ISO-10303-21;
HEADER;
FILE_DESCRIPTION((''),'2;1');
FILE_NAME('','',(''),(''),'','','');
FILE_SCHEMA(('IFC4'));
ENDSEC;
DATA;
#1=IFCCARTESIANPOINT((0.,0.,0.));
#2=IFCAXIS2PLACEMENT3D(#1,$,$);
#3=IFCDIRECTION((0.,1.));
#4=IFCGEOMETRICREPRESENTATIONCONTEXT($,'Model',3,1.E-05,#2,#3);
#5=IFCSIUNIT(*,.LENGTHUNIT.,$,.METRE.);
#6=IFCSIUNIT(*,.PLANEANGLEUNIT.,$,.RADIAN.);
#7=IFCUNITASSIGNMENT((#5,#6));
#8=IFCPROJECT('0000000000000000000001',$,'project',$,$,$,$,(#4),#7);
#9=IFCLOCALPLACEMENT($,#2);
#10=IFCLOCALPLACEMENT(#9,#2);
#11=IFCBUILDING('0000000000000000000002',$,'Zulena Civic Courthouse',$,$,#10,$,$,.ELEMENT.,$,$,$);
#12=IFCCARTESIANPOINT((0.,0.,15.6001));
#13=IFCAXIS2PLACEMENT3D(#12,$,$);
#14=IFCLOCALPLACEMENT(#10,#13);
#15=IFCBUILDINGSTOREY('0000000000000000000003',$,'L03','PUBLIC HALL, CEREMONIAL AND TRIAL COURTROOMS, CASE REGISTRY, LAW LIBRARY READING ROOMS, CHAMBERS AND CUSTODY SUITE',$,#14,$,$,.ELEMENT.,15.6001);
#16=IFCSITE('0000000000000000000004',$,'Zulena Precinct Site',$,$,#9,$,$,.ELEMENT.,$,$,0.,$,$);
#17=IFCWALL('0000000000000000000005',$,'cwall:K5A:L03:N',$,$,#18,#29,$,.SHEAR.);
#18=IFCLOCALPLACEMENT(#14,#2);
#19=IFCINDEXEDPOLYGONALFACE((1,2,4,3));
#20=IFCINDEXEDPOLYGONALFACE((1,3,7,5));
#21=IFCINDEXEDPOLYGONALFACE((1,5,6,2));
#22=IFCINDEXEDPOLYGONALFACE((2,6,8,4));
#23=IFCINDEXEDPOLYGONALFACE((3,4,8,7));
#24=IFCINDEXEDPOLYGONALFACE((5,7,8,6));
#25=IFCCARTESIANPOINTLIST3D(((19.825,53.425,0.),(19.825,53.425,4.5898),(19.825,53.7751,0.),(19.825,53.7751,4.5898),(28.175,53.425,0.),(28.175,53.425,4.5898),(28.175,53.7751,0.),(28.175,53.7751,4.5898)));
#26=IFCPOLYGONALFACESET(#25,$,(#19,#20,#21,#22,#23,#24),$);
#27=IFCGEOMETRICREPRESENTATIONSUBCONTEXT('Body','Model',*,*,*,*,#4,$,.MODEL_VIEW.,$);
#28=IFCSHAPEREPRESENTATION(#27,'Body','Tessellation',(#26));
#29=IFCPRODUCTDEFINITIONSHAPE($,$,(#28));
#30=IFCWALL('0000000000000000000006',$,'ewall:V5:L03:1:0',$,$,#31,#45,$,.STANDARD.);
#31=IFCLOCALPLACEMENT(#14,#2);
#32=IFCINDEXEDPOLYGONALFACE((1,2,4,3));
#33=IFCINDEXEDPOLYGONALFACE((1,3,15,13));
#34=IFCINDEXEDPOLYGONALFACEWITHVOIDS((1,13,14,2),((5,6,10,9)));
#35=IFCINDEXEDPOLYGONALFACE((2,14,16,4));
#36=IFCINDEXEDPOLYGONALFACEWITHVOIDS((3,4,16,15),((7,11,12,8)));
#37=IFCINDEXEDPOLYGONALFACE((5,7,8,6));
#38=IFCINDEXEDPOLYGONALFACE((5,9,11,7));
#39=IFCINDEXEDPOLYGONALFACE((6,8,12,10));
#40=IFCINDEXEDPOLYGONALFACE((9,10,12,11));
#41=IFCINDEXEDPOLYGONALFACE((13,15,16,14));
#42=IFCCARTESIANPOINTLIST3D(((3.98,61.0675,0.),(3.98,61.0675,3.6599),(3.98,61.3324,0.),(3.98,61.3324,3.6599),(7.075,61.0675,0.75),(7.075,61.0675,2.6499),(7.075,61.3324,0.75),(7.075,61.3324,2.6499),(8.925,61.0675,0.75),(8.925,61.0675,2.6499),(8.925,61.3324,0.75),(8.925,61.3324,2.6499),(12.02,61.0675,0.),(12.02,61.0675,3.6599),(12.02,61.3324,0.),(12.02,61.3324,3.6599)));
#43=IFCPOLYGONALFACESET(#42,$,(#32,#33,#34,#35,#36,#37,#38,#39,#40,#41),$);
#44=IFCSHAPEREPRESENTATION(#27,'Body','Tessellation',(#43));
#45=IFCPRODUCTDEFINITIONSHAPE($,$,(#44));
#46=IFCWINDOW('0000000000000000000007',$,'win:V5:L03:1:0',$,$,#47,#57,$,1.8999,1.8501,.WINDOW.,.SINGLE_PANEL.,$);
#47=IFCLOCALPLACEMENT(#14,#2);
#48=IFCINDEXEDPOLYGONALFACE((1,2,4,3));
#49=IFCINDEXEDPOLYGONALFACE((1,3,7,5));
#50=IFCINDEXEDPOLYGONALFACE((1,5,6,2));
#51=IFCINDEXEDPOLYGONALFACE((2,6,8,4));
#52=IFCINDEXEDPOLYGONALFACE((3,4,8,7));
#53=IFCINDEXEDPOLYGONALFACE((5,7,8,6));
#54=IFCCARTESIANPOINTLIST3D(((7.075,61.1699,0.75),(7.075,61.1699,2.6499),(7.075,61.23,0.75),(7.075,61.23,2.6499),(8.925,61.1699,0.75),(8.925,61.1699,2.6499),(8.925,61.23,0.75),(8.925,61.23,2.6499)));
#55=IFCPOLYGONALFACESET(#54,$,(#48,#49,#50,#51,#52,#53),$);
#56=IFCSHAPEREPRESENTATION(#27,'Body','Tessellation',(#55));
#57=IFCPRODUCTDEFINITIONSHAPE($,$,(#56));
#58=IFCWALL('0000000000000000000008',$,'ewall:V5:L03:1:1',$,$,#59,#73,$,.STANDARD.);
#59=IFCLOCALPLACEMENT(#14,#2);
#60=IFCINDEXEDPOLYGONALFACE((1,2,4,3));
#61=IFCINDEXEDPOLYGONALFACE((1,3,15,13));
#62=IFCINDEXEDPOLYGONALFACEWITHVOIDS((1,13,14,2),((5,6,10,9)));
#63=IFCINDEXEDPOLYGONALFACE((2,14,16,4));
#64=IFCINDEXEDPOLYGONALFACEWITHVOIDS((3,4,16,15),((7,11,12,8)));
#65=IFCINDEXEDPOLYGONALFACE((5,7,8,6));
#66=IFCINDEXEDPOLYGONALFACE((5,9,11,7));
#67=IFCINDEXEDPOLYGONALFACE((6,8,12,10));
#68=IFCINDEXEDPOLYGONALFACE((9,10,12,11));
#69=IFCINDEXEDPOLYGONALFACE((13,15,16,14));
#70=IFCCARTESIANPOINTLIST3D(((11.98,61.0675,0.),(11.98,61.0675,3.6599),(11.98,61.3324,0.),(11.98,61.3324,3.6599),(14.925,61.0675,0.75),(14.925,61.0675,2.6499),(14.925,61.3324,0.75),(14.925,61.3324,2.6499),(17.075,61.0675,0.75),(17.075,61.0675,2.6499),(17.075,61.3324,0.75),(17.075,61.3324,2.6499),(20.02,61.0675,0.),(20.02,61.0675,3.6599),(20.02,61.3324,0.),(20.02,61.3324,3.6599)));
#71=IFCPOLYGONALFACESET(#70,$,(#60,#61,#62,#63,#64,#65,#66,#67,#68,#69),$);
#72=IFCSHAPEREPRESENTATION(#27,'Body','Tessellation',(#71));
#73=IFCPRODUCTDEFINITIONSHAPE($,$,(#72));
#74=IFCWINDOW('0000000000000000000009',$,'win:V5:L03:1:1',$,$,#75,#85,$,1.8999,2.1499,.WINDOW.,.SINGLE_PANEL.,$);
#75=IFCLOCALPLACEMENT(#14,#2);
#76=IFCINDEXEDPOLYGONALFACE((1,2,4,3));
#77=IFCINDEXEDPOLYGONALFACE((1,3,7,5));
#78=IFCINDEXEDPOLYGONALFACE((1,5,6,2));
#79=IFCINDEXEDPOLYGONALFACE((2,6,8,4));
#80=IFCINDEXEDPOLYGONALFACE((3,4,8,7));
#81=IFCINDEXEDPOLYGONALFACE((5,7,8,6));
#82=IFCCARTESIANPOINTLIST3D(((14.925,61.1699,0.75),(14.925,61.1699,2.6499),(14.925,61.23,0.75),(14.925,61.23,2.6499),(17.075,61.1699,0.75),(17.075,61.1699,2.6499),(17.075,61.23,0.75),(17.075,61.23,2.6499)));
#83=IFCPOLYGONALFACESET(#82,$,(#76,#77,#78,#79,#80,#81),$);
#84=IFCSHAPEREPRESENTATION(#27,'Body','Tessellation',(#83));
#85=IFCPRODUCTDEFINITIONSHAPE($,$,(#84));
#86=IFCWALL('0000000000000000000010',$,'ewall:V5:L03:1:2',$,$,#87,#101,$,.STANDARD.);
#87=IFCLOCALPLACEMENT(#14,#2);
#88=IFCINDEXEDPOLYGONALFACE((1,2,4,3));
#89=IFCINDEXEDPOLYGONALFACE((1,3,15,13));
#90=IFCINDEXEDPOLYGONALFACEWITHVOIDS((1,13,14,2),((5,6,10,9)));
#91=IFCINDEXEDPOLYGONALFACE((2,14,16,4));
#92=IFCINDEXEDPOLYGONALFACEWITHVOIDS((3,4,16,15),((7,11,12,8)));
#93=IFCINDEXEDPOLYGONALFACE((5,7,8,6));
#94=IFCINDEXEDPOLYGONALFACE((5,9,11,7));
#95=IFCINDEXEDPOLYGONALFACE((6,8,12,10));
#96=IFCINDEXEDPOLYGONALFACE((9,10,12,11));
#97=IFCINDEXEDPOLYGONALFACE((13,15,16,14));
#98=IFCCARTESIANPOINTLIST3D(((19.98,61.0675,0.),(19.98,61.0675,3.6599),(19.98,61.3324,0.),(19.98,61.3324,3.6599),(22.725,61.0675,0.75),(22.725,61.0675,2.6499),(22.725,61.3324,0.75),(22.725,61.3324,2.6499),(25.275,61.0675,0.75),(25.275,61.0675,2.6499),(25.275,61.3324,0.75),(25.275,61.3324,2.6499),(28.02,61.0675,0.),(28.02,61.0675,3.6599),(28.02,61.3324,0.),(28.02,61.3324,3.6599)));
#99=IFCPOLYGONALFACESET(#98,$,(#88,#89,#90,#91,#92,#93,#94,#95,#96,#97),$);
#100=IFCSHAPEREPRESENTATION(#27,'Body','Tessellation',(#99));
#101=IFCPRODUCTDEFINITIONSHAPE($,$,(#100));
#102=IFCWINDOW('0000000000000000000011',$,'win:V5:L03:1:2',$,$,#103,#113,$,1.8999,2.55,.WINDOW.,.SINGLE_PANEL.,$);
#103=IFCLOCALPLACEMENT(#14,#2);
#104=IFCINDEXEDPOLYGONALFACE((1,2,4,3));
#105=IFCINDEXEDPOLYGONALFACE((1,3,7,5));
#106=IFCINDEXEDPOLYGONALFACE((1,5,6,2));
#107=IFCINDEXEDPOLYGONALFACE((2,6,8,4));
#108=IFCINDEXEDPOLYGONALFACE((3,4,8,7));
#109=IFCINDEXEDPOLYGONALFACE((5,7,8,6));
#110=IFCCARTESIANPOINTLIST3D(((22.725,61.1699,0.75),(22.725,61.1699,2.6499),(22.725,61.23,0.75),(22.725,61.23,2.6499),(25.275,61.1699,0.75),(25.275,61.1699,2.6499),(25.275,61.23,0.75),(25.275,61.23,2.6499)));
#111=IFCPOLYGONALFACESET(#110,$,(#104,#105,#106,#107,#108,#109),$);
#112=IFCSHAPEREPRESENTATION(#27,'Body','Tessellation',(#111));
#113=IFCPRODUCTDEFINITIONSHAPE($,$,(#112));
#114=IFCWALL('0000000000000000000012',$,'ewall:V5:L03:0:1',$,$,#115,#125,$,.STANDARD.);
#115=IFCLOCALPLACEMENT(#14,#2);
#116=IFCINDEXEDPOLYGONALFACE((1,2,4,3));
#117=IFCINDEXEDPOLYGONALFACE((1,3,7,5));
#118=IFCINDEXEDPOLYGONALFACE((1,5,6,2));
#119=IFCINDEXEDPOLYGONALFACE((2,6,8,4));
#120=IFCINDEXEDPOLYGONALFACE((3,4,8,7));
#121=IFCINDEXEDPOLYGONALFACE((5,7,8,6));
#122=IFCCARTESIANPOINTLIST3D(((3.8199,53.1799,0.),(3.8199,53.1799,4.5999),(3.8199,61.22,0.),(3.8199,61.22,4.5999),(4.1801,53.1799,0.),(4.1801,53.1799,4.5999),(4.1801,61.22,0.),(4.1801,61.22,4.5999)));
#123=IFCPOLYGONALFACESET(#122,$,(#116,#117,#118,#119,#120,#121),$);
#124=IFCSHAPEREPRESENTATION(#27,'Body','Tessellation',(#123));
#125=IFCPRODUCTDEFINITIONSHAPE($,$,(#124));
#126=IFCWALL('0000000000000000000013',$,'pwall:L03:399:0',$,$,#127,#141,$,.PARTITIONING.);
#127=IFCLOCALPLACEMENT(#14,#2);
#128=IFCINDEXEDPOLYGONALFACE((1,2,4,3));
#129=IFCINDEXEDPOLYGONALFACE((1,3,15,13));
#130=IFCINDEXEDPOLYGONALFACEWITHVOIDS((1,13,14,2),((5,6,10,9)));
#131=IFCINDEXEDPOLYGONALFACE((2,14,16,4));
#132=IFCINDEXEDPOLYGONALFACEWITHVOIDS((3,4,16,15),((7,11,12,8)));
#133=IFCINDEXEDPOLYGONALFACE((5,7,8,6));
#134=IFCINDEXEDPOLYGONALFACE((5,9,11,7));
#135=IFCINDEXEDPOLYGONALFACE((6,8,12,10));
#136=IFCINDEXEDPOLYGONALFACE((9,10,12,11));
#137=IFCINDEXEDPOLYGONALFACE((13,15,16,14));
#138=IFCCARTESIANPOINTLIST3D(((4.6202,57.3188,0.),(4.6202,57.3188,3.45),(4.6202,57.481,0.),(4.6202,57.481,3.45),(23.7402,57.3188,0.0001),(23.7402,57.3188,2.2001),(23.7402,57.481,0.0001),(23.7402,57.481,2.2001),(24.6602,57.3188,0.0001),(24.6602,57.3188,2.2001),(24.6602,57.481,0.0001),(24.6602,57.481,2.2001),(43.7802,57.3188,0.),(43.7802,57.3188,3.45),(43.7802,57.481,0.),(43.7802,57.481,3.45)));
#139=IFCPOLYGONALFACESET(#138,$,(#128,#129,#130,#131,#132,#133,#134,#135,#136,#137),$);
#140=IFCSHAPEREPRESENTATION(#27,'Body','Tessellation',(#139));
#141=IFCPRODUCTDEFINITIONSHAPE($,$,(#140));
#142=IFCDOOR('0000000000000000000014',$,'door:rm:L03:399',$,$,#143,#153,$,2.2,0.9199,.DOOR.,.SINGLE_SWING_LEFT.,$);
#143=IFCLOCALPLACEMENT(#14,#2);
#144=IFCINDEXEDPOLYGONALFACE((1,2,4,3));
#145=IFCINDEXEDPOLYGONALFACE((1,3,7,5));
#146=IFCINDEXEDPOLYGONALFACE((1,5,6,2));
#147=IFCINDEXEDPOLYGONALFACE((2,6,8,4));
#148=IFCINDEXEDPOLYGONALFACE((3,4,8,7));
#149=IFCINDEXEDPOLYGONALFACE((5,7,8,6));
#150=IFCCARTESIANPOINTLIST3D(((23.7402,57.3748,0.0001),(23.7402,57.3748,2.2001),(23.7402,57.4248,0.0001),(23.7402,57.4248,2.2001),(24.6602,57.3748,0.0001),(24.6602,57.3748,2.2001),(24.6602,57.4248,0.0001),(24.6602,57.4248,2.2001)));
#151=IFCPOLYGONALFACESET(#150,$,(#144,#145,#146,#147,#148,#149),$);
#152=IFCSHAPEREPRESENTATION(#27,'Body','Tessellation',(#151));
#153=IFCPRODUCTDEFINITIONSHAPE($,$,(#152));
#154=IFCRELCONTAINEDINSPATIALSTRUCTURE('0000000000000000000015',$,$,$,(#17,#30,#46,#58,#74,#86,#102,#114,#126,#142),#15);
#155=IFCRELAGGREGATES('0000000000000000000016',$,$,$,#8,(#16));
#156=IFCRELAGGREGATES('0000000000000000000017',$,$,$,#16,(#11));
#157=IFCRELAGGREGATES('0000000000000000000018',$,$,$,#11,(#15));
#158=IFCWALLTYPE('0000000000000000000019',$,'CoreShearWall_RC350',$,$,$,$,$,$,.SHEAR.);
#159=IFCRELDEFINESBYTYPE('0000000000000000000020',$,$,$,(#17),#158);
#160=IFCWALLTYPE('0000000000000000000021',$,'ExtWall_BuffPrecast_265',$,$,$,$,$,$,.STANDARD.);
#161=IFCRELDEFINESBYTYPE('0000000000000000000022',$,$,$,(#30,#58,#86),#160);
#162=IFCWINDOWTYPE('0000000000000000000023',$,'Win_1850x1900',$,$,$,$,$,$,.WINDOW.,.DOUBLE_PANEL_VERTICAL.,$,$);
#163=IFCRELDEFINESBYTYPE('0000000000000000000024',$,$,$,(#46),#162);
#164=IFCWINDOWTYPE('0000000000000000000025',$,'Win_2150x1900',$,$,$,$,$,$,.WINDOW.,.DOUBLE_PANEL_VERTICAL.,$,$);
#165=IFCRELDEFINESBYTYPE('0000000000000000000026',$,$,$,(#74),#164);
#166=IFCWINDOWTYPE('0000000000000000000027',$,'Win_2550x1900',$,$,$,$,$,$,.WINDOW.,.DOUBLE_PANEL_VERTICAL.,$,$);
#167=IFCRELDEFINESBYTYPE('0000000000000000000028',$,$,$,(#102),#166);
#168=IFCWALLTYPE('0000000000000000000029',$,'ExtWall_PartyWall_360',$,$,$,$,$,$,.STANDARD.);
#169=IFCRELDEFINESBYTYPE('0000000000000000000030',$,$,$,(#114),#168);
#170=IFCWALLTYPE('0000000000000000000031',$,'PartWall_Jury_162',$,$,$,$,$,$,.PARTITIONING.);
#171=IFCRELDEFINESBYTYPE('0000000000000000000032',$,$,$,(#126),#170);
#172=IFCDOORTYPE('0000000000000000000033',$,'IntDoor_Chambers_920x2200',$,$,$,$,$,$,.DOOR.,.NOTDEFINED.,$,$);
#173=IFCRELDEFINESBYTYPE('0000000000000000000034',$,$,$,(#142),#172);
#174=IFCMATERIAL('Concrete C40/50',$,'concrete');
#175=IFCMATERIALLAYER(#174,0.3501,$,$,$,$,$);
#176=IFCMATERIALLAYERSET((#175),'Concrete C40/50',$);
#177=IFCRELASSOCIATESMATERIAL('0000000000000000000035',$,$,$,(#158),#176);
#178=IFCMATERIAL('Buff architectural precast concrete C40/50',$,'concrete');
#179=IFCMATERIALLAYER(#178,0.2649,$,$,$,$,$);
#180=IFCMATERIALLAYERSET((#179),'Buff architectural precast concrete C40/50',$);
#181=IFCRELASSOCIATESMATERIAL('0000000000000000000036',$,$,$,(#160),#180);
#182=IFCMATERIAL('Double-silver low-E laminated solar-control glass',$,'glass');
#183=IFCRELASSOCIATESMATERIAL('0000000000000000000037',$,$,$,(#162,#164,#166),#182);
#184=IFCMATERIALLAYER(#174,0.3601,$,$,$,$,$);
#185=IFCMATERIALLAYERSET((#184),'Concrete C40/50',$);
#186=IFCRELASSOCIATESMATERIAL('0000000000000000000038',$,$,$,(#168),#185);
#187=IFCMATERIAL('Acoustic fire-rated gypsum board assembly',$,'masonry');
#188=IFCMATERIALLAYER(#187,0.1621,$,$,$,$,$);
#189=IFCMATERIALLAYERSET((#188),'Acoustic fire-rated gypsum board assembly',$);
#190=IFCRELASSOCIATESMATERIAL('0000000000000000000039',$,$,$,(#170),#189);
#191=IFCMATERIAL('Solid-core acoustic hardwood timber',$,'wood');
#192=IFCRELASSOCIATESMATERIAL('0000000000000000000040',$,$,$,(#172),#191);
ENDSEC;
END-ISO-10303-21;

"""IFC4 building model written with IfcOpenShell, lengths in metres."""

from ifc_helpers import new_model, si_unit, direction, frame, frame_2d, origin, place, context, subcontext, project, spatial, rectangle, extrude, material, layer, layer_set, type_object, element, fill, save


model = new_model("IFC4")

# Units and contexts
model_context = context("Model", 3, precision=1e-05, world=origin(), true_north=direction((0.0, 1.0)))
body_context = subcontext(model_context, "Body", "Model", "MODEL_VIEW")
ifc_project = project(units=[si_unit("LENGTHUNIT", "METRE"), si_unit("PLANEANGLEUNIT", "RADIAN")], contexts=[model_context])

# Site, building, storey
site_placement = place(None, origin())
site = spatial("IfcSite", under=ifc_project, at=site_placement, Name="Zulena Precinct Site", CompositionType="ELEMENT", RefElevation=0.0)
building_placement = place(site_placement, origin())
building = spatial("IfcBuilding", under=site, at=building_placement, Name="Zulena Civic Courthouse", CompositionType="ELEMENT")
storey_placement = place(building_placement, frame((0.0, 0.0, 15.6001)))
storey = spatial("IfcBuildingStorey", under=building, at=storey_placement, Name="L03", Description="PUBLIC HALL, CEREMONIAL AND TRIAL COURTROOMS, CASE REGISTRY, LAW LIBRARY READING ROOMS, CHAMBERS AND CUSTODY SUITE", CompositionType="ELEMENT", Elevation=15.6001)

# Wall
ifc_material_1 = material(Name="Concrete C40/50", Category="concrete")
ifc_layer_1 = layer(ifc_material_1, 0.3501)
ifc_layer_set_1 = layer_set([ifc_layer_1], Name="Concrete C40/50")
wall_type_1 = type_object("IfcWallType", Name="CoreShearWall_RC350", PredefinedType="SHEAR", material=ifc_layer_set_1)
wall_1_placement = place(storey_placement, frame((19.825, 53.6001, 0.0), z_axis=(0.0, 0.0, 1.0), x_axis=(1.0, 0.0, 0.0)))
element("IfcWall", 1, at=wall_1_placement, inside=storey, type_object=wall_type_1, Name="cwall:K5A:L03:N", PredefinedType="SHEAR", context=body_context, shape_type="SweptSolid", body=[
    extrude(rectangle(XDim=8.3501, YDim=0.3501, at=frame_2d((4.175, 0.0))), origin(), (0.0, 0.0, 1.0), 4.5898),
])

# Walls, openings, windows
ifc_material_2 = material(Name="Buff architectural precast concrete C40/50", Category="concrete")
ifc_layer_2 = layer(ifc_material_2, 0.2649)
ifc_layer_set_2 = layer_set([ifc_layer_2], Name="Buff architectural precast concrete C40/50")
wall_type_2 = type_object("IfcWallType", Name="ExtWall_BuffPrecast_265", PredefinedType="STANDARD", material=ifc_layer_set_2)
wall_2_placement = place(storey_placement, frame((3.98, 61.2, 0.0), z_axis=(0.0, 0.0, 1.0), x_axis=(1.0, 0.0, 0.0)))
wall_2 = element("IfcWall", 2, at=wall_2_placement, inside=storey, type_object=wall_type_2, Name="ewall:V5:L03:1:0", PredefinedType="STANDARD", context=body_context, shape_type="SweptSolid", body=[
    extrude(rectangle(XDim=8.04, YDim=0.2649, at=frame_2d((4.02, 0.0))), origin(), (0.0, 0.0, 1.0), 3.6599),
])
opening_1_placement = place(wall_2_placement, frame((3.095, 0.0, 0.75)))
opening_1 = element("IfcOpeningElement", 3, at=opening_1_placement, cuts=wall_2, PredefinedType="OPENING", context=body_context, shape_type="SweptSolid", body=[
    extrude(rectangle(XDim=1.8501, YDim=1.8999, at=frame_2d((0.925, 0.95))), frame((0.0, 0.1423, 0.0), z_axis=(0.0, -1.0, 0.0), x_axis=(1.0, 0.0, 0.0)), (0.0, 0.0, 1.0), 0.2849),
])
ifc_material_3 = material(Name="Double-silver low-E laminated solar-control glass", Category="glass")
window_type_1 = type_object("IfcWindowType", Name="Win_1850x1900", PartitioningType="DOUBLE_PANEL_VERTICAL", PredefinedType="WINDOW", material=ifc_material_3)
window_1_placement = place(opening_1_placement, origin())
window_1 = element("IfcWindow", 4, at=window_1_placement, inside=storey, type_object=window_type_1, Name="win:V5:L03:1:0", OverallHeight=1.8999, OverallWidth=1.8501, PartitioningType="SINGLE_PANEL", PredefinedType="WINDOW", context=body_context, shape_type="SweptSolid", body=[
    extrude(rectangle(XDim=1.8501, YDim=1.8999, at=frame_2d((0.925, 0.95))), frame((0.0, 0.03, 0.0), z_axis=(0.0, -1.0, 0.0), x_axis=(1.0, 0.0, 0.0)), (0.0, 0.0, 1.0), 0.0601),
])
fill(opening_1, window_1)
wall_3_placement = place(storey_placement, frame((11.98, 61.2, 0.0), z_axis=(0.0, 0.0, 1.0), x_axis=(1.0, 0.0, 0.0)))
wall_3 = element("IfcWall", 5, at=wall_3_placement, inside=storey, type_object=wall_type_2, Name="ewall:V5:L03:1:1", PredefinedType="STANDARD", context=body_context, shape_type="SweptSolid", body=[
    extrude(rectangle(XDim=8.04, YDim=0.2649, at=frame_2d((4.02, 0.0))), origin(), (0.0, 0.0, 1.0), 3.6599),
])
opening_2_placement = place(wall_3_placement, frame((2.9451, 0.0, 0.75)))
opening_2 = element("IfcOpeningElement", 6, at=opening_2_placement, cuts=wall_3, PredefinedType="OPENING", context=body_context, shape_type="SweptSolid", body=[
    extrude(rectangle(XDim=2.1499, YDim=1.8999, at=frame_2d((1.075, 0.95))), frame((0.0, 0.1423, 0.0), z_axis=(0.0, -1.0, 0.0), x_axis=(1.0, 0.0, 0.0)), (0.0, 0.0, 1.0), 0.2849),
])
window_type_2 = type_object("IfcWindowType", Name="Win_2150x1900", PartitioningType="DOUBLE_PANEL_VERTICAL", PredefinedType="WINDOW", material=ifc_material_3)
window_2_placement = place(opening_2_placement, origin())
window_2 = element("IfcWindow", 7, at=window_2_placement, inside=storey, type_object=window_type_2, Name="win:V5:L03:1:1", OverallHeight=1.8999, OverallWidth=2.1499, PartitioningType="SINGLE_PANEL", PredefinedType="WINDOW", context=body_context, shape_type="SweptSolid", body=[
    extrude(rectangle(XDim=2.1499, YDim=1.8999, at=frame_2d((1.075, 0.95))), frame((0.0, 0.03, 0.0), z_axis=(0.0, -1.0, 0.0), x_axis=(1.0, 0.0, 0.0)), (0.0, 0.0, 1.0), 0.0601),
])
fill(opening_2, window_2)
wall_4_placement = place(storey_placement, frame((19.98, 61.2, 0.0), z_axis=(0.0, 0.0, 1.0), x_axis=(1.0, 0.0, 0.0)))
wall_4 = element("IfcWall", 8, at=wall_4_placement, inside=storey, type_object=wall_type_2, Name="ewall:V5:L03:1:2", PredefinedType="STANDARD", context=body_context, shape_type="SweptSolid", body=[
    extrude(rectangle(XDim=8.04, YDim=0.2649, at=frame_2d((4.02, 0.0))), origin(), (0.0, 0.0, 1.0), 3.6599),
])
opening_3_placement = place(wall_4_placement, frame((2.7451, 0.0, 0.75)))
opening_3 = element("IfcOpeningElement", 9, at=opening_3_placement, cuts=wall_4, PredefinedType="OPENING", context=body_context, shape_type="SweptSolid", body=[
    extrude(rectangle(XDim=2.55, YDim=1.8999, at=frame_2d((1.2749, 0.95))), frame((0.0, 0.1423, 0.0), z_axis=(0.0, -1.0, 0.0), x_axis=(1.0, 0.0, 0.0)), (0.0, 0.0, 1.0), 0.2849),
])
window_type_3 = type_object("IfcWindowType", Name="Win_2550x1900", PartitioningType="DOUBLE_PANEL_VERTICAL", PredefinedType="WINDOW", material=ifc_material_3)
window_3_placement = place(opening_3_placement, origin())
window_3 = element("IfcWindow", 10, at=window_3_placement, inside=storey, type_object=window_type_3, Name="win:V5:L03:1:2", OverallHeight=1.8999, OverallWidth=2.55, PartitioningType="SINGLE_PANEL", PredefinedType="WINDOW", context=body_context, shape_type="SweptSolid", body=[
    extrude(rectangle(XDim=2.55, YDim=1.8999, at=frame_2d((1.2749, 0.95))), frame((0.0, 0.03, 0.0), z_axis=(0.0, -1.0, 0.0), x_axis=(1.0, 0.0, 0.0)), (0.0, 0.0, 1.0), 0.0601),
])
fill(opening_3, window_3)

# Wall
ifc_layer_3 = layer(ifc_material_1, 0.3601)
ifc_layer_set_3 = layer_set([ifc_layer_3], Name="Concrete C40/50")
wall_type_3 = type_object("IfcWallType", Name="ExtWall_PartyWall_360", PredefinedType="STANDARD", material=ifc_layer_set_3)
wall_5_placement = place(storey_placement, frame((4.0, 53.1799, 0.0), z_axis=(0.0, 0.0, 1.0), x_axis=(0.0, 1.0, 0.0)))
element("IfcWall", 11, at=wall_5_placement, inside=storey, type_object=wall_type_3, Name="ewall:V5:L03:0:1", PredefinedType="STANDARD", context=body_context, shape_type="SweptSolid", body=[
    extrude(rectangle(XDim=8.04, YDim=0.3601, at=frame_2d((4.02, 0.0))), origin(), (0.0, 0.0, 1.0), 4.5999),
])

# Wall, opening, door
ifc_material_4 = material(Name="Acoustic fire-rated gypsum board assembly", Category="masonry")
ifc_layer_4 = layer(ifc_material_4, 0.1621)
ifc_layer_set_4 = layer_set([ifc_layer_4], Name="Acoustic fire-rated gypsum board assembly")
wall_type_4 = type_object("IfcWallType", Name="PartWall_Jury_162", PredefinedType="PARTITIONING", material=ifc_layer_set_4)
wall_6_placement = place(storey_placement, frame((4.6201, 57.3999, 0.0), z_axis=(0.0, 0.0, 1.0), x_axis=(1.0, 0.0, 0.0)))
wall_6 = element("IfcWall", 12, at=wall_6_placement, inside=storey, type_object=wall_type_4, Name="pwall:L03:399:0", PredefinedType="PARTITIONING", context=body_context, shape_type="SweptSolid", body=[
    extrude(rectangle(XDim=39.1599, YDim=0.1621, at=frame_2d((19.5801, 0.0))), origin(), (0.0, 0.0, 1.0), 3.45),
])
opening_4_placement = place(wall_6_placement, frame((19.1201, 0.0, 0.0)))
opening_4 = element("IfcOpeningElement", 13, at=opening_4_placement, cuts=wall_6, PredefinedType="OPENING", context=body_context, shape_type="SweptSolid", body=[
    extrude(rectangle(XDim=0.9199, YDim=2.2, at=frame_2d((0.46, 1.1001))), frame((0.0, 0.0911, 0.0), z_axis=(0.0, -1.0, 0.0), x_axis=(1.0, 0.0, 0.0)), (0.0, 0.0, 1.0), 0.1821),
])
ifc_material_5 = material(Name="Solid-core acoustic hardwood timber", Category="wood")
door_type = type_object("IfcDoorType", Name="IntDoor_Chambers_920x2200", OperationType="NOTDEFINED", PredefinedType="DOOR", material=ifc_material_5)
door_placement = place(opening_4_placement, origin())
door = element("IfcDoor", 14, at=door_placement, inside=storey, type_object=door_type, Name="door:rm:L03:399", OperationType="SINGLE_SWING_LEFT", OverallHeight=2.2, OverallWidth=0.9199, PredefinedType="DOOR", context=body_context, shape_type="SweptSolid", body=[
    extrude(rectangle(XDim=0.9199, YDim=2.2, at=frame_2d((0.46, 1.1001))), frame((0.0, 0.0249, 0.0), z_axis=(0.0, -1.0, 0.0), x_axis=(1.0, 0.0, 0.0)), (0.0, 0.0, 1.0), 0.05),
])
fill(opening_4, door)

save(model, "model.ifc")
